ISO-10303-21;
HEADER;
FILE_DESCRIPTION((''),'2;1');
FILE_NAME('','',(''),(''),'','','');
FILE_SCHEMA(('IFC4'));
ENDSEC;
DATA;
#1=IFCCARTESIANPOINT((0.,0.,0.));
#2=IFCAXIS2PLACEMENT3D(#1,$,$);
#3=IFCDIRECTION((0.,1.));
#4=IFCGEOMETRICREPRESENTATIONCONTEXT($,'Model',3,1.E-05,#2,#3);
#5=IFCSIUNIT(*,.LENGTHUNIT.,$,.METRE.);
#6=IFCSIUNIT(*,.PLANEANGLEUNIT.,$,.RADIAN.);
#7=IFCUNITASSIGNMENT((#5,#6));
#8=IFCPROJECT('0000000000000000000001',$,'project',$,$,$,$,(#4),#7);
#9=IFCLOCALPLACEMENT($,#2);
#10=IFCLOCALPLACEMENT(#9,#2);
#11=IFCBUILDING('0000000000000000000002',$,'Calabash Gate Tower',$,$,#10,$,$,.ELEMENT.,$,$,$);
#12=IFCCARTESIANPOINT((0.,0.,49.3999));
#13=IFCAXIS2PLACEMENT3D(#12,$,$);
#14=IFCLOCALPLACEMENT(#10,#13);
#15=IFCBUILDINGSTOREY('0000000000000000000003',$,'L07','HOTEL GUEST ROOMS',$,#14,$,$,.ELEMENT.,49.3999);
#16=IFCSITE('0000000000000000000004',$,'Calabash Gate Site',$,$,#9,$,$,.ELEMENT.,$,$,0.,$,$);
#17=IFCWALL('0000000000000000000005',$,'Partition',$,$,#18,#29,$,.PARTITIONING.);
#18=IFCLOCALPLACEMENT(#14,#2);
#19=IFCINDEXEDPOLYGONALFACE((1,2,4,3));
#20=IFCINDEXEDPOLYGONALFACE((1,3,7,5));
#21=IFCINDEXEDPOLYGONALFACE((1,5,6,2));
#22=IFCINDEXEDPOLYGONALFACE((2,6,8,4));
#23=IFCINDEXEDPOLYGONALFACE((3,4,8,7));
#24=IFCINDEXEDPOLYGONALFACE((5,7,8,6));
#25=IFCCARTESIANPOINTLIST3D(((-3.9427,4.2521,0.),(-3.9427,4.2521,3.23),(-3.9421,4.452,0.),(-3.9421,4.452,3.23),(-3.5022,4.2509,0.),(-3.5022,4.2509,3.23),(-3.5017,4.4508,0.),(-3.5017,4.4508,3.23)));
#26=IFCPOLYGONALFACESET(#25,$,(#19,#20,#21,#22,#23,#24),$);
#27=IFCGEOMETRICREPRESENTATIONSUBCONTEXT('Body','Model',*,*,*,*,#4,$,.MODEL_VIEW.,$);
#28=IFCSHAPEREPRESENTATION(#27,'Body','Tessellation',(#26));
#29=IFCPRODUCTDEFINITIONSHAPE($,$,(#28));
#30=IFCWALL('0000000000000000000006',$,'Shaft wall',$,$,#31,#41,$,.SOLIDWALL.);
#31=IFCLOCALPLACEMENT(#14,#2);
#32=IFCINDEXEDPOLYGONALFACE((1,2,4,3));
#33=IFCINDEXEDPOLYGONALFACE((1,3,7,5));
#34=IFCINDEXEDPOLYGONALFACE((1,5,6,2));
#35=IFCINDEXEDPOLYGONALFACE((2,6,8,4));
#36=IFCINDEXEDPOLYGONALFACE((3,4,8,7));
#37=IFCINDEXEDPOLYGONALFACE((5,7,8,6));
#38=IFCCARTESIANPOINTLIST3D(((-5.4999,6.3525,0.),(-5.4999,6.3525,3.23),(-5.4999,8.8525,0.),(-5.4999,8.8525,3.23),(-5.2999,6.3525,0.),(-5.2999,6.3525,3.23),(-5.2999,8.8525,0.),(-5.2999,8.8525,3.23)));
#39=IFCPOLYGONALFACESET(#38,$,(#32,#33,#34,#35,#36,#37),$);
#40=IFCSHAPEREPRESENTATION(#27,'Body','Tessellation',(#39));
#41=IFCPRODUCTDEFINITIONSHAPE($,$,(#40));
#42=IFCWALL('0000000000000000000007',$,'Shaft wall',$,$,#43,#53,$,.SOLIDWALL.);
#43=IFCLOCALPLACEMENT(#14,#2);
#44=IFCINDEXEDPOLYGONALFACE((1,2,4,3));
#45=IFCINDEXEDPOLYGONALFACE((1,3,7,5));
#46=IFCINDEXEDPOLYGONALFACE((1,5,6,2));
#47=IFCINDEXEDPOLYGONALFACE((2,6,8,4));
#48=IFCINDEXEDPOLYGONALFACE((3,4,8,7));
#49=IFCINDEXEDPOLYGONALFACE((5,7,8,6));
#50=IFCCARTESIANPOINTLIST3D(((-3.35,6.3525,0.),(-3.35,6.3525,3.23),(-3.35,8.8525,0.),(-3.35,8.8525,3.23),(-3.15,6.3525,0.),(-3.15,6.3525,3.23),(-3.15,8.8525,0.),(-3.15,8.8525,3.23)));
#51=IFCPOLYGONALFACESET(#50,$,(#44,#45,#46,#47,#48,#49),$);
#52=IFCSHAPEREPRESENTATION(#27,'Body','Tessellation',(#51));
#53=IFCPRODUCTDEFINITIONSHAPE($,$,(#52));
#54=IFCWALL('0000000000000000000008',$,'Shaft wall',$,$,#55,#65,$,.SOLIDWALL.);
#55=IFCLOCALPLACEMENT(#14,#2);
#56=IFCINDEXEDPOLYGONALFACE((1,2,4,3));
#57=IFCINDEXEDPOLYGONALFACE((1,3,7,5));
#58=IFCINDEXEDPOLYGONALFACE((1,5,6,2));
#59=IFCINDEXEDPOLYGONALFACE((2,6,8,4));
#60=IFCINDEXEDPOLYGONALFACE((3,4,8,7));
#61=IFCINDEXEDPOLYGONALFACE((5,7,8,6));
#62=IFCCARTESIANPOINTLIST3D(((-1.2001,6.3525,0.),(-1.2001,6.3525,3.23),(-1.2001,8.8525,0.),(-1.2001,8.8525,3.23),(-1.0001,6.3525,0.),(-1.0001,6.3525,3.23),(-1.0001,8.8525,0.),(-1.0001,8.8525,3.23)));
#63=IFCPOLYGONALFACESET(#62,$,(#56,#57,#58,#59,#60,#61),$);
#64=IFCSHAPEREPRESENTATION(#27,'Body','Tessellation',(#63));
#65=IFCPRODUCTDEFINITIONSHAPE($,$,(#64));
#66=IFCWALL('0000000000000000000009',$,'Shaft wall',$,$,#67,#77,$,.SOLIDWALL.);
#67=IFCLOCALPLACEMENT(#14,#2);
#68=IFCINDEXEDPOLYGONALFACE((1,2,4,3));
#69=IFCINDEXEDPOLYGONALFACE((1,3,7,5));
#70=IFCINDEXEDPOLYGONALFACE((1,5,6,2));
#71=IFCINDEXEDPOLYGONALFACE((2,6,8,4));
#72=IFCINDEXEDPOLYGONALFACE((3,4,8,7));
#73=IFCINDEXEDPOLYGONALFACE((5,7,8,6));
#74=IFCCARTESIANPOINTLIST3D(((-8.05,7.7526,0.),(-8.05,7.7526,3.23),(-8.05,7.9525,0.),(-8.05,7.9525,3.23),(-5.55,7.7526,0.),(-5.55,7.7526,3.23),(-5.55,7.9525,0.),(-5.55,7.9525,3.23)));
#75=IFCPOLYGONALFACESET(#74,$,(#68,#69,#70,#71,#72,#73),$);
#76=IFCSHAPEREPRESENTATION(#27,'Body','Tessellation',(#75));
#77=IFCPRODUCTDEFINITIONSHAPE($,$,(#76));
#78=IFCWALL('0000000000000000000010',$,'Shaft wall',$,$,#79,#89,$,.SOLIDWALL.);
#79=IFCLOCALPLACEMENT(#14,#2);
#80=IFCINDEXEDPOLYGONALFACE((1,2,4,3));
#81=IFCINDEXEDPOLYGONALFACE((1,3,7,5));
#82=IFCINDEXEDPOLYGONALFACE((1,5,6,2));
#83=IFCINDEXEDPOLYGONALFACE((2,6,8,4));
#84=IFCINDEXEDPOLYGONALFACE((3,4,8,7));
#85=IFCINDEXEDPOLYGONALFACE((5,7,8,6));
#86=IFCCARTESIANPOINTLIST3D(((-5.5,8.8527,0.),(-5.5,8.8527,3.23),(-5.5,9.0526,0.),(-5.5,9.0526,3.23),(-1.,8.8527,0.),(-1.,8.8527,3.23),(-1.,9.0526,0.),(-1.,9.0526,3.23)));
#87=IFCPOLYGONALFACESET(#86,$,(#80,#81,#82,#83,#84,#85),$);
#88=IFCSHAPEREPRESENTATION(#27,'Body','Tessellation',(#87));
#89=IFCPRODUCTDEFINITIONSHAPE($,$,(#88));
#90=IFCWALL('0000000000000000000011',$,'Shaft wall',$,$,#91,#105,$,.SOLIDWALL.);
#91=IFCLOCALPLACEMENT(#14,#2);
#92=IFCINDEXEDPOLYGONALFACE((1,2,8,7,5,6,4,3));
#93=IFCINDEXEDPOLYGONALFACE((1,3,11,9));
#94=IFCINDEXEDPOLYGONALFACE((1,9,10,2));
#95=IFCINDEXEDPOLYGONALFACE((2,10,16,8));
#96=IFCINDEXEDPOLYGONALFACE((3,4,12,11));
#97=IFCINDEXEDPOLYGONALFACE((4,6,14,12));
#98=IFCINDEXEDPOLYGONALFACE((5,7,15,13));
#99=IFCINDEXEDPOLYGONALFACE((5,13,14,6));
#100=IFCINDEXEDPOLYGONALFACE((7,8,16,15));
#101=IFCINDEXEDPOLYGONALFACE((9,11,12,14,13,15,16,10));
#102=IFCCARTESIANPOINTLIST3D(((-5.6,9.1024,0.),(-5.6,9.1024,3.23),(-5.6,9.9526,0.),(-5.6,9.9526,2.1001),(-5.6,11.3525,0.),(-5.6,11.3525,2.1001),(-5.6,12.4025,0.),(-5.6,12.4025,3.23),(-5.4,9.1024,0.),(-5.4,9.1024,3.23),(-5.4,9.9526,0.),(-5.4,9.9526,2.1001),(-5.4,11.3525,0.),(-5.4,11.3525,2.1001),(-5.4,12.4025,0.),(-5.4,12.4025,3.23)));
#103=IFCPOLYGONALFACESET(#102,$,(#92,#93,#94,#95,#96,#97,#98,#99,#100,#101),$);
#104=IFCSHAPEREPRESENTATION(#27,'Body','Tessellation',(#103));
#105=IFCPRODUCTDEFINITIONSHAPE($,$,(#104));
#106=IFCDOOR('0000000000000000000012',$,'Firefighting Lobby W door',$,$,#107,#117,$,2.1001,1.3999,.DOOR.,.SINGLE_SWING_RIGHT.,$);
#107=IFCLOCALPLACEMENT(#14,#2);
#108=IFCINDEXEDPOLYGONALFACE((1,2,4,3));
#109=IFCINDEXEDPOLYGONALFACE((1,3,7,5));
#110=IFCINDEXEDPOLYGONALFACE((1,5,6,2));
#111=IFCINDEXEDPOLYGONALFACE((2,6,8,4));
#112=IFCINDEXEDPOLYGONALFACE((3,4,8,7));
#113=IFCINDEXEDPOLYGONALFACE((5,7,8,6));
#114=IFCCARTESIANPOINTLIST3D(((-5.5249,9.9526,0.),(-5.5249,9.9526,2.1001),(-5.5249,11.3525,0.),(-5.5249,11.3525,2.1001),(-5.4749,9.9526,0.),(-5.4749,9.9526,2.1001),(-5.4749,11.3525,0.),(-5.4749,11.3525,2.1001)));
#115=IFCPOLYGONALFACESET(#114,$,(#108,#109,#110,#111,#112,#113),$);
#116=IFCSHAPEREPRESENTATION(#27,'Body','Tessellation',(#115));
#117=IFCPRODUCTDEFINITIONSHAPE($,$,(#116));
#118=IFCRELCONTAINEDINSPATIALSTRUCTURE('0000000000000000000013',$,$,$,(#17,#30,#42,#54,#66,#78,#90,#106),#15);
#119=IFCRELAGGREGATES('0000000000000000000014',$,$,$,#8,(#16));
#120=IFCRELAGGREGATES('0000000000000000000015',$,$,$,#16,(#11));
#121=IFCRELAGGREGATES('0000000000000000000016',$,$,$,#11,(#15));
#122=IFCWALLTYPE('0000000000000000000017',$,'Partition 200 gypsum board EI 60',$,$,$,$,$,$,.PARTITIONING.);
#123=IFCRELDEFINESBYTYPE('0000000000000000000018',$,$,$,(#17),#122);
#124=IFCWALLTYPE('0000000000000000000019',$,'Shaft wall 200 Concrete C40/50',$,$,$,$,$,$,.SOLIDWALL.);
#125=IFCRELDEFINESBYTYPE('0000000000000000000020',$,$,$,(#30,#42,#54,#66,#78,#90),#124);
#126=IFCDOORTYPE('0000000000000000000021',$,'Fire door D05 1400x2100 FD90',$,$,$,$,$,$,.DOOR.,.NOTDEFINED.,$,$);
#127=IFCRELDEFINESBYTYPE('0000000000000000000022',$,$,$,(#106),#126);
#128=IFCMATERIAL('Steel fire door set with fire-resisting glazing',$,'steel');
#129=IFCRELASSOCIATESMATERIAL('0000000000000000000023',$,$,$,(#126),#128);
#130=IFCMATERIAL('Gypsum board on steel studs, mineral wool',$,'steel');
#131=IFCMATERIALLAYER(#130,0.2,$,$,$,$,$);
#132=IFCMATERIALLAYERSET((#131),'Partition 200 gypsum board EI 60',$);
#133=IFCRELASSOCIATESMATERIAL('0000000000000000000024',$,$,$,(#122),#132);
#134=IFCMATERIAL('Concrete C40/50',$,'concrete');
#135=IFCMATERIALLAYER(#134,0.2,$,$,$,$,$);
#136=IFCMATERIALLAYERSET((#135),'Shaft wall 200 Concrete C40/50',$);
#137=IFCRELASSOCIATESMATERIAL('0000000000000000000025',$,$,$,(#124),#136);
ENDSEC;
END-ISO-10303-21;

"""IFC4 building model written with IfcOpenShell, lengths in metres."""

from ifc_helpers import new_model, si_unit, direction, frame, frame_2d, origin, place, context, subcontext, project, spatial, rectangle, extrude, material, layer, layer_set, type_object, element, fill, save


model = new_model("IFC4")

# Units and contexts
model_context = context("Model", 3, precision=1e-05, world=origin(), true_north=direction((0.0, 1.0)))
body_context = subcontext(model_context, "Body", "Model", "MODEL_VIEW")
ifc_project = project(units=[si_unit("LENGTHUNIT", "METRE"), si_unit("PLANEANGLEUNIT", "RADIAN")], contexts=[model_context])

# Site, building, storey
site_placement = place(None, origin())
site = spatial("IfcSite", under=ifc_project, at=site_placement, Name="Calabash Gate Site", CompositionType="ELEMENT", RefElevation=0.0)
building_placement = place(site_placement, origin())
building = spatial("IfcBuilding", under=site, at=building_placement, Name="Calabash Gate Tower", CompositionType="ELEMENT")
storey_placement = place(building_placement, frame((0.0, 0.0, 49.3999)))
storey = spatial("IfcBuildingStorey", under=building, at=storey_placement, Name="L07", Description="HOTEL GUEST ROOMS", CompositionType="ELEMENT", Elevation=49.3999)

# Shared definitions
ifc_material_1 = material(Name="Steel fire door set with fire-resisting glazing", Category="steel")
door_type_1 = type_object("IfcDoorType", Name="Fire door D05 1400x2100 FD90", OperationType="NOTDEFINED", PredefinedType="DOOR", material=ifc_material_1)

# Shared definitions
ifc_material_2 = material(Name="Gypsum board on steel studs, mineral wool", Category="steel")
ifc_layer_1 = layer(ifc_material_2, 0.2)
ifc_layer_set_1 = layer_set([ifc_layer_1], Name="Partition 200 gypsum board EI 60")
wall_type_1 = type_object("IfcWallType", Name="Partition 200 gypsum board EI 60", PredefinedType="PARTITIONING", material=ifc_layer_set_1)

# Walls
wall_1_placement = place(storey_placement, frame((-3.9424, 4.3521, 0.0), z_axis=(0.0, 0.0, 1.0), x_axis=(0.999996, -0.002772, 0.0)))
element("IfcWall", 1, at=wall_1_placement, inside=storey, type_object=wall_type_1, Name="Partition", PredefinedType="PARTITIONING", context=body_context, shape_type="SweptSolid", body=[
    extrude(rectangle(XDim=0.4404, YDim=0.2, at=frame_2d((0.2202, 0.0))), origin(), (0.0, 0.0, 1.0), 3.23),
])
ifc_material_3 = material(Name="Concrete C40/50", Category="concrete")
ifc_layer_2 = layer(ifc_material_3, 0.2)
ifc_layer_set_2 = layer_set([ifc_layer_2], Name="Shaft wall 200 Concrete C40/50")
wall_type_2 = type_object("IfcWallType", Name="Shaft wall 200 Concrete C40/50", PredefinedType="SOLIDWALL", material=ifc_layer_set_2)
for number, where, z_axis, x_axis, name in (
    (2, (-5.3999, 6.3525, 0.0), (0.0, 0.0, 1.0), (0.0, 1.0, 0.0), "Shaft wall"),
    (3, (-3.25, 6.3525, 0.0), (0.0, 0.0, 1.0), (0.0, 1.0, 0.0), "Shaft wall"),
    (4, (-1.1001, 6.3525, 0.0), (0.0, 0.0, 1.0), (0.0, 1.0, 0.0), "Shaft wall"),
    (5, (-8.05, 7.8525, 0.0), (0.0, 0.0, 1.0), (1.0, 0.0, 0.0), "Shaft wall"),
):
    element("IfcWall", number, at=place(storey_placement, frame(where, z_axis=z_axis, x_axis=x_axis)), inside=storey, type_object=wall_type_2, Name=name, PredefinedType="SOLIDWALL", context=body_context, shape_type="SweptSolid", body=[
        extrude(rectangle(XDim=2.5, YDim=0.2, at=frame_2d((1.25, 0.0))), origin(), (0.0, 0.0, 1.0), 3.23),
    ])
wall_2_placement = place(storey_placement, frame((-5.5, 8.9526, 0.0), z_axis=(0.0, 0.0, 1.0), x_axis=(1.0, 0.0, 0.0)))
element("IfcWall", 6, at=wall_2_placement, inside=storey, type_object=wall_type_2, Name="Shaft wall", PredefinedType="SOLIDWALL", context=body_context, shape_type="SweptSolid", body=[
    extrude(rectangle(XDim=4.5, YDim=0.2, at=frame_2d((2.25, 0.0))), origin(), (0.0, 0.0, 1.0), 3.23),
])

# Wall, opening, door
wall_3_placement = place(storey_placement, frame((-5.5, 9.1025, 0.0), z_axis=(0.0, 0.0, 1.0), x_axis=(0.0, 1.0, 0.0)))
wall_3 = element("IfcWall", 7, at=wall_3_placement, inside=storey, type_object=wall_type_2, Name="Shaft wall", PredefinedType="SOLIDWALL", context=body_context, shape_type="SweptSolid", body=[
    extrude(rectangle(XDim=3.3, YDim=0.2, at=frame_2d((1.6499, 0.0))), origin(), (0.0, 0.0, 1.0), 3.23),
])
opening_1_placement = place(wall_3_placement, frame((0.8501, 0.0, 0.0)))
opening_1 = element("IfcOpeningElement", 8, at=opening_1_placement, cuts=wall_3, PredefinedType="OPENING", context=body_context, shape_type="SweptSolid", body=[
    extrude(rectangle(XDim=1.3999, YDim=2.1001, at=frame_2d((0.7, 1.05))), frame((0.0, 0.1099, 0.0), z_axis=(0.0, -1.0, 0.0), x_axis=(1.0, 0.0, 0.0)), (0.0, 0.0, 1.0), 0.22),
])
door_1_placement = place(opening_1_placement, origin())
door_1 = element("IfcDoor", 9, at=door_1_placement, inside=storey, type_object=door_type_1, Name="Firefighting Lobby W door", OperationType="SINGLE_SWING_RIGHT", OverallHeight=2.1001, OverallWidth=1.3999, PredefinedType="DOOR", context=body_context, shape_type="SweptSolid", body=[
    extrude(rectangle(XDim=1.3999, YDim=2.1001, at=frame_2d((0.7, 1.05))), frame((0.0, 0.0249, 0.0), z_axis=(0.0, -1.0, 0.0), x_axis=(1.0, 0.0, 0.0)), (0.0, 0.0, 1.0), 0.05),
])
fill(opening_1, door_1)

save(model, "model.ifc")
